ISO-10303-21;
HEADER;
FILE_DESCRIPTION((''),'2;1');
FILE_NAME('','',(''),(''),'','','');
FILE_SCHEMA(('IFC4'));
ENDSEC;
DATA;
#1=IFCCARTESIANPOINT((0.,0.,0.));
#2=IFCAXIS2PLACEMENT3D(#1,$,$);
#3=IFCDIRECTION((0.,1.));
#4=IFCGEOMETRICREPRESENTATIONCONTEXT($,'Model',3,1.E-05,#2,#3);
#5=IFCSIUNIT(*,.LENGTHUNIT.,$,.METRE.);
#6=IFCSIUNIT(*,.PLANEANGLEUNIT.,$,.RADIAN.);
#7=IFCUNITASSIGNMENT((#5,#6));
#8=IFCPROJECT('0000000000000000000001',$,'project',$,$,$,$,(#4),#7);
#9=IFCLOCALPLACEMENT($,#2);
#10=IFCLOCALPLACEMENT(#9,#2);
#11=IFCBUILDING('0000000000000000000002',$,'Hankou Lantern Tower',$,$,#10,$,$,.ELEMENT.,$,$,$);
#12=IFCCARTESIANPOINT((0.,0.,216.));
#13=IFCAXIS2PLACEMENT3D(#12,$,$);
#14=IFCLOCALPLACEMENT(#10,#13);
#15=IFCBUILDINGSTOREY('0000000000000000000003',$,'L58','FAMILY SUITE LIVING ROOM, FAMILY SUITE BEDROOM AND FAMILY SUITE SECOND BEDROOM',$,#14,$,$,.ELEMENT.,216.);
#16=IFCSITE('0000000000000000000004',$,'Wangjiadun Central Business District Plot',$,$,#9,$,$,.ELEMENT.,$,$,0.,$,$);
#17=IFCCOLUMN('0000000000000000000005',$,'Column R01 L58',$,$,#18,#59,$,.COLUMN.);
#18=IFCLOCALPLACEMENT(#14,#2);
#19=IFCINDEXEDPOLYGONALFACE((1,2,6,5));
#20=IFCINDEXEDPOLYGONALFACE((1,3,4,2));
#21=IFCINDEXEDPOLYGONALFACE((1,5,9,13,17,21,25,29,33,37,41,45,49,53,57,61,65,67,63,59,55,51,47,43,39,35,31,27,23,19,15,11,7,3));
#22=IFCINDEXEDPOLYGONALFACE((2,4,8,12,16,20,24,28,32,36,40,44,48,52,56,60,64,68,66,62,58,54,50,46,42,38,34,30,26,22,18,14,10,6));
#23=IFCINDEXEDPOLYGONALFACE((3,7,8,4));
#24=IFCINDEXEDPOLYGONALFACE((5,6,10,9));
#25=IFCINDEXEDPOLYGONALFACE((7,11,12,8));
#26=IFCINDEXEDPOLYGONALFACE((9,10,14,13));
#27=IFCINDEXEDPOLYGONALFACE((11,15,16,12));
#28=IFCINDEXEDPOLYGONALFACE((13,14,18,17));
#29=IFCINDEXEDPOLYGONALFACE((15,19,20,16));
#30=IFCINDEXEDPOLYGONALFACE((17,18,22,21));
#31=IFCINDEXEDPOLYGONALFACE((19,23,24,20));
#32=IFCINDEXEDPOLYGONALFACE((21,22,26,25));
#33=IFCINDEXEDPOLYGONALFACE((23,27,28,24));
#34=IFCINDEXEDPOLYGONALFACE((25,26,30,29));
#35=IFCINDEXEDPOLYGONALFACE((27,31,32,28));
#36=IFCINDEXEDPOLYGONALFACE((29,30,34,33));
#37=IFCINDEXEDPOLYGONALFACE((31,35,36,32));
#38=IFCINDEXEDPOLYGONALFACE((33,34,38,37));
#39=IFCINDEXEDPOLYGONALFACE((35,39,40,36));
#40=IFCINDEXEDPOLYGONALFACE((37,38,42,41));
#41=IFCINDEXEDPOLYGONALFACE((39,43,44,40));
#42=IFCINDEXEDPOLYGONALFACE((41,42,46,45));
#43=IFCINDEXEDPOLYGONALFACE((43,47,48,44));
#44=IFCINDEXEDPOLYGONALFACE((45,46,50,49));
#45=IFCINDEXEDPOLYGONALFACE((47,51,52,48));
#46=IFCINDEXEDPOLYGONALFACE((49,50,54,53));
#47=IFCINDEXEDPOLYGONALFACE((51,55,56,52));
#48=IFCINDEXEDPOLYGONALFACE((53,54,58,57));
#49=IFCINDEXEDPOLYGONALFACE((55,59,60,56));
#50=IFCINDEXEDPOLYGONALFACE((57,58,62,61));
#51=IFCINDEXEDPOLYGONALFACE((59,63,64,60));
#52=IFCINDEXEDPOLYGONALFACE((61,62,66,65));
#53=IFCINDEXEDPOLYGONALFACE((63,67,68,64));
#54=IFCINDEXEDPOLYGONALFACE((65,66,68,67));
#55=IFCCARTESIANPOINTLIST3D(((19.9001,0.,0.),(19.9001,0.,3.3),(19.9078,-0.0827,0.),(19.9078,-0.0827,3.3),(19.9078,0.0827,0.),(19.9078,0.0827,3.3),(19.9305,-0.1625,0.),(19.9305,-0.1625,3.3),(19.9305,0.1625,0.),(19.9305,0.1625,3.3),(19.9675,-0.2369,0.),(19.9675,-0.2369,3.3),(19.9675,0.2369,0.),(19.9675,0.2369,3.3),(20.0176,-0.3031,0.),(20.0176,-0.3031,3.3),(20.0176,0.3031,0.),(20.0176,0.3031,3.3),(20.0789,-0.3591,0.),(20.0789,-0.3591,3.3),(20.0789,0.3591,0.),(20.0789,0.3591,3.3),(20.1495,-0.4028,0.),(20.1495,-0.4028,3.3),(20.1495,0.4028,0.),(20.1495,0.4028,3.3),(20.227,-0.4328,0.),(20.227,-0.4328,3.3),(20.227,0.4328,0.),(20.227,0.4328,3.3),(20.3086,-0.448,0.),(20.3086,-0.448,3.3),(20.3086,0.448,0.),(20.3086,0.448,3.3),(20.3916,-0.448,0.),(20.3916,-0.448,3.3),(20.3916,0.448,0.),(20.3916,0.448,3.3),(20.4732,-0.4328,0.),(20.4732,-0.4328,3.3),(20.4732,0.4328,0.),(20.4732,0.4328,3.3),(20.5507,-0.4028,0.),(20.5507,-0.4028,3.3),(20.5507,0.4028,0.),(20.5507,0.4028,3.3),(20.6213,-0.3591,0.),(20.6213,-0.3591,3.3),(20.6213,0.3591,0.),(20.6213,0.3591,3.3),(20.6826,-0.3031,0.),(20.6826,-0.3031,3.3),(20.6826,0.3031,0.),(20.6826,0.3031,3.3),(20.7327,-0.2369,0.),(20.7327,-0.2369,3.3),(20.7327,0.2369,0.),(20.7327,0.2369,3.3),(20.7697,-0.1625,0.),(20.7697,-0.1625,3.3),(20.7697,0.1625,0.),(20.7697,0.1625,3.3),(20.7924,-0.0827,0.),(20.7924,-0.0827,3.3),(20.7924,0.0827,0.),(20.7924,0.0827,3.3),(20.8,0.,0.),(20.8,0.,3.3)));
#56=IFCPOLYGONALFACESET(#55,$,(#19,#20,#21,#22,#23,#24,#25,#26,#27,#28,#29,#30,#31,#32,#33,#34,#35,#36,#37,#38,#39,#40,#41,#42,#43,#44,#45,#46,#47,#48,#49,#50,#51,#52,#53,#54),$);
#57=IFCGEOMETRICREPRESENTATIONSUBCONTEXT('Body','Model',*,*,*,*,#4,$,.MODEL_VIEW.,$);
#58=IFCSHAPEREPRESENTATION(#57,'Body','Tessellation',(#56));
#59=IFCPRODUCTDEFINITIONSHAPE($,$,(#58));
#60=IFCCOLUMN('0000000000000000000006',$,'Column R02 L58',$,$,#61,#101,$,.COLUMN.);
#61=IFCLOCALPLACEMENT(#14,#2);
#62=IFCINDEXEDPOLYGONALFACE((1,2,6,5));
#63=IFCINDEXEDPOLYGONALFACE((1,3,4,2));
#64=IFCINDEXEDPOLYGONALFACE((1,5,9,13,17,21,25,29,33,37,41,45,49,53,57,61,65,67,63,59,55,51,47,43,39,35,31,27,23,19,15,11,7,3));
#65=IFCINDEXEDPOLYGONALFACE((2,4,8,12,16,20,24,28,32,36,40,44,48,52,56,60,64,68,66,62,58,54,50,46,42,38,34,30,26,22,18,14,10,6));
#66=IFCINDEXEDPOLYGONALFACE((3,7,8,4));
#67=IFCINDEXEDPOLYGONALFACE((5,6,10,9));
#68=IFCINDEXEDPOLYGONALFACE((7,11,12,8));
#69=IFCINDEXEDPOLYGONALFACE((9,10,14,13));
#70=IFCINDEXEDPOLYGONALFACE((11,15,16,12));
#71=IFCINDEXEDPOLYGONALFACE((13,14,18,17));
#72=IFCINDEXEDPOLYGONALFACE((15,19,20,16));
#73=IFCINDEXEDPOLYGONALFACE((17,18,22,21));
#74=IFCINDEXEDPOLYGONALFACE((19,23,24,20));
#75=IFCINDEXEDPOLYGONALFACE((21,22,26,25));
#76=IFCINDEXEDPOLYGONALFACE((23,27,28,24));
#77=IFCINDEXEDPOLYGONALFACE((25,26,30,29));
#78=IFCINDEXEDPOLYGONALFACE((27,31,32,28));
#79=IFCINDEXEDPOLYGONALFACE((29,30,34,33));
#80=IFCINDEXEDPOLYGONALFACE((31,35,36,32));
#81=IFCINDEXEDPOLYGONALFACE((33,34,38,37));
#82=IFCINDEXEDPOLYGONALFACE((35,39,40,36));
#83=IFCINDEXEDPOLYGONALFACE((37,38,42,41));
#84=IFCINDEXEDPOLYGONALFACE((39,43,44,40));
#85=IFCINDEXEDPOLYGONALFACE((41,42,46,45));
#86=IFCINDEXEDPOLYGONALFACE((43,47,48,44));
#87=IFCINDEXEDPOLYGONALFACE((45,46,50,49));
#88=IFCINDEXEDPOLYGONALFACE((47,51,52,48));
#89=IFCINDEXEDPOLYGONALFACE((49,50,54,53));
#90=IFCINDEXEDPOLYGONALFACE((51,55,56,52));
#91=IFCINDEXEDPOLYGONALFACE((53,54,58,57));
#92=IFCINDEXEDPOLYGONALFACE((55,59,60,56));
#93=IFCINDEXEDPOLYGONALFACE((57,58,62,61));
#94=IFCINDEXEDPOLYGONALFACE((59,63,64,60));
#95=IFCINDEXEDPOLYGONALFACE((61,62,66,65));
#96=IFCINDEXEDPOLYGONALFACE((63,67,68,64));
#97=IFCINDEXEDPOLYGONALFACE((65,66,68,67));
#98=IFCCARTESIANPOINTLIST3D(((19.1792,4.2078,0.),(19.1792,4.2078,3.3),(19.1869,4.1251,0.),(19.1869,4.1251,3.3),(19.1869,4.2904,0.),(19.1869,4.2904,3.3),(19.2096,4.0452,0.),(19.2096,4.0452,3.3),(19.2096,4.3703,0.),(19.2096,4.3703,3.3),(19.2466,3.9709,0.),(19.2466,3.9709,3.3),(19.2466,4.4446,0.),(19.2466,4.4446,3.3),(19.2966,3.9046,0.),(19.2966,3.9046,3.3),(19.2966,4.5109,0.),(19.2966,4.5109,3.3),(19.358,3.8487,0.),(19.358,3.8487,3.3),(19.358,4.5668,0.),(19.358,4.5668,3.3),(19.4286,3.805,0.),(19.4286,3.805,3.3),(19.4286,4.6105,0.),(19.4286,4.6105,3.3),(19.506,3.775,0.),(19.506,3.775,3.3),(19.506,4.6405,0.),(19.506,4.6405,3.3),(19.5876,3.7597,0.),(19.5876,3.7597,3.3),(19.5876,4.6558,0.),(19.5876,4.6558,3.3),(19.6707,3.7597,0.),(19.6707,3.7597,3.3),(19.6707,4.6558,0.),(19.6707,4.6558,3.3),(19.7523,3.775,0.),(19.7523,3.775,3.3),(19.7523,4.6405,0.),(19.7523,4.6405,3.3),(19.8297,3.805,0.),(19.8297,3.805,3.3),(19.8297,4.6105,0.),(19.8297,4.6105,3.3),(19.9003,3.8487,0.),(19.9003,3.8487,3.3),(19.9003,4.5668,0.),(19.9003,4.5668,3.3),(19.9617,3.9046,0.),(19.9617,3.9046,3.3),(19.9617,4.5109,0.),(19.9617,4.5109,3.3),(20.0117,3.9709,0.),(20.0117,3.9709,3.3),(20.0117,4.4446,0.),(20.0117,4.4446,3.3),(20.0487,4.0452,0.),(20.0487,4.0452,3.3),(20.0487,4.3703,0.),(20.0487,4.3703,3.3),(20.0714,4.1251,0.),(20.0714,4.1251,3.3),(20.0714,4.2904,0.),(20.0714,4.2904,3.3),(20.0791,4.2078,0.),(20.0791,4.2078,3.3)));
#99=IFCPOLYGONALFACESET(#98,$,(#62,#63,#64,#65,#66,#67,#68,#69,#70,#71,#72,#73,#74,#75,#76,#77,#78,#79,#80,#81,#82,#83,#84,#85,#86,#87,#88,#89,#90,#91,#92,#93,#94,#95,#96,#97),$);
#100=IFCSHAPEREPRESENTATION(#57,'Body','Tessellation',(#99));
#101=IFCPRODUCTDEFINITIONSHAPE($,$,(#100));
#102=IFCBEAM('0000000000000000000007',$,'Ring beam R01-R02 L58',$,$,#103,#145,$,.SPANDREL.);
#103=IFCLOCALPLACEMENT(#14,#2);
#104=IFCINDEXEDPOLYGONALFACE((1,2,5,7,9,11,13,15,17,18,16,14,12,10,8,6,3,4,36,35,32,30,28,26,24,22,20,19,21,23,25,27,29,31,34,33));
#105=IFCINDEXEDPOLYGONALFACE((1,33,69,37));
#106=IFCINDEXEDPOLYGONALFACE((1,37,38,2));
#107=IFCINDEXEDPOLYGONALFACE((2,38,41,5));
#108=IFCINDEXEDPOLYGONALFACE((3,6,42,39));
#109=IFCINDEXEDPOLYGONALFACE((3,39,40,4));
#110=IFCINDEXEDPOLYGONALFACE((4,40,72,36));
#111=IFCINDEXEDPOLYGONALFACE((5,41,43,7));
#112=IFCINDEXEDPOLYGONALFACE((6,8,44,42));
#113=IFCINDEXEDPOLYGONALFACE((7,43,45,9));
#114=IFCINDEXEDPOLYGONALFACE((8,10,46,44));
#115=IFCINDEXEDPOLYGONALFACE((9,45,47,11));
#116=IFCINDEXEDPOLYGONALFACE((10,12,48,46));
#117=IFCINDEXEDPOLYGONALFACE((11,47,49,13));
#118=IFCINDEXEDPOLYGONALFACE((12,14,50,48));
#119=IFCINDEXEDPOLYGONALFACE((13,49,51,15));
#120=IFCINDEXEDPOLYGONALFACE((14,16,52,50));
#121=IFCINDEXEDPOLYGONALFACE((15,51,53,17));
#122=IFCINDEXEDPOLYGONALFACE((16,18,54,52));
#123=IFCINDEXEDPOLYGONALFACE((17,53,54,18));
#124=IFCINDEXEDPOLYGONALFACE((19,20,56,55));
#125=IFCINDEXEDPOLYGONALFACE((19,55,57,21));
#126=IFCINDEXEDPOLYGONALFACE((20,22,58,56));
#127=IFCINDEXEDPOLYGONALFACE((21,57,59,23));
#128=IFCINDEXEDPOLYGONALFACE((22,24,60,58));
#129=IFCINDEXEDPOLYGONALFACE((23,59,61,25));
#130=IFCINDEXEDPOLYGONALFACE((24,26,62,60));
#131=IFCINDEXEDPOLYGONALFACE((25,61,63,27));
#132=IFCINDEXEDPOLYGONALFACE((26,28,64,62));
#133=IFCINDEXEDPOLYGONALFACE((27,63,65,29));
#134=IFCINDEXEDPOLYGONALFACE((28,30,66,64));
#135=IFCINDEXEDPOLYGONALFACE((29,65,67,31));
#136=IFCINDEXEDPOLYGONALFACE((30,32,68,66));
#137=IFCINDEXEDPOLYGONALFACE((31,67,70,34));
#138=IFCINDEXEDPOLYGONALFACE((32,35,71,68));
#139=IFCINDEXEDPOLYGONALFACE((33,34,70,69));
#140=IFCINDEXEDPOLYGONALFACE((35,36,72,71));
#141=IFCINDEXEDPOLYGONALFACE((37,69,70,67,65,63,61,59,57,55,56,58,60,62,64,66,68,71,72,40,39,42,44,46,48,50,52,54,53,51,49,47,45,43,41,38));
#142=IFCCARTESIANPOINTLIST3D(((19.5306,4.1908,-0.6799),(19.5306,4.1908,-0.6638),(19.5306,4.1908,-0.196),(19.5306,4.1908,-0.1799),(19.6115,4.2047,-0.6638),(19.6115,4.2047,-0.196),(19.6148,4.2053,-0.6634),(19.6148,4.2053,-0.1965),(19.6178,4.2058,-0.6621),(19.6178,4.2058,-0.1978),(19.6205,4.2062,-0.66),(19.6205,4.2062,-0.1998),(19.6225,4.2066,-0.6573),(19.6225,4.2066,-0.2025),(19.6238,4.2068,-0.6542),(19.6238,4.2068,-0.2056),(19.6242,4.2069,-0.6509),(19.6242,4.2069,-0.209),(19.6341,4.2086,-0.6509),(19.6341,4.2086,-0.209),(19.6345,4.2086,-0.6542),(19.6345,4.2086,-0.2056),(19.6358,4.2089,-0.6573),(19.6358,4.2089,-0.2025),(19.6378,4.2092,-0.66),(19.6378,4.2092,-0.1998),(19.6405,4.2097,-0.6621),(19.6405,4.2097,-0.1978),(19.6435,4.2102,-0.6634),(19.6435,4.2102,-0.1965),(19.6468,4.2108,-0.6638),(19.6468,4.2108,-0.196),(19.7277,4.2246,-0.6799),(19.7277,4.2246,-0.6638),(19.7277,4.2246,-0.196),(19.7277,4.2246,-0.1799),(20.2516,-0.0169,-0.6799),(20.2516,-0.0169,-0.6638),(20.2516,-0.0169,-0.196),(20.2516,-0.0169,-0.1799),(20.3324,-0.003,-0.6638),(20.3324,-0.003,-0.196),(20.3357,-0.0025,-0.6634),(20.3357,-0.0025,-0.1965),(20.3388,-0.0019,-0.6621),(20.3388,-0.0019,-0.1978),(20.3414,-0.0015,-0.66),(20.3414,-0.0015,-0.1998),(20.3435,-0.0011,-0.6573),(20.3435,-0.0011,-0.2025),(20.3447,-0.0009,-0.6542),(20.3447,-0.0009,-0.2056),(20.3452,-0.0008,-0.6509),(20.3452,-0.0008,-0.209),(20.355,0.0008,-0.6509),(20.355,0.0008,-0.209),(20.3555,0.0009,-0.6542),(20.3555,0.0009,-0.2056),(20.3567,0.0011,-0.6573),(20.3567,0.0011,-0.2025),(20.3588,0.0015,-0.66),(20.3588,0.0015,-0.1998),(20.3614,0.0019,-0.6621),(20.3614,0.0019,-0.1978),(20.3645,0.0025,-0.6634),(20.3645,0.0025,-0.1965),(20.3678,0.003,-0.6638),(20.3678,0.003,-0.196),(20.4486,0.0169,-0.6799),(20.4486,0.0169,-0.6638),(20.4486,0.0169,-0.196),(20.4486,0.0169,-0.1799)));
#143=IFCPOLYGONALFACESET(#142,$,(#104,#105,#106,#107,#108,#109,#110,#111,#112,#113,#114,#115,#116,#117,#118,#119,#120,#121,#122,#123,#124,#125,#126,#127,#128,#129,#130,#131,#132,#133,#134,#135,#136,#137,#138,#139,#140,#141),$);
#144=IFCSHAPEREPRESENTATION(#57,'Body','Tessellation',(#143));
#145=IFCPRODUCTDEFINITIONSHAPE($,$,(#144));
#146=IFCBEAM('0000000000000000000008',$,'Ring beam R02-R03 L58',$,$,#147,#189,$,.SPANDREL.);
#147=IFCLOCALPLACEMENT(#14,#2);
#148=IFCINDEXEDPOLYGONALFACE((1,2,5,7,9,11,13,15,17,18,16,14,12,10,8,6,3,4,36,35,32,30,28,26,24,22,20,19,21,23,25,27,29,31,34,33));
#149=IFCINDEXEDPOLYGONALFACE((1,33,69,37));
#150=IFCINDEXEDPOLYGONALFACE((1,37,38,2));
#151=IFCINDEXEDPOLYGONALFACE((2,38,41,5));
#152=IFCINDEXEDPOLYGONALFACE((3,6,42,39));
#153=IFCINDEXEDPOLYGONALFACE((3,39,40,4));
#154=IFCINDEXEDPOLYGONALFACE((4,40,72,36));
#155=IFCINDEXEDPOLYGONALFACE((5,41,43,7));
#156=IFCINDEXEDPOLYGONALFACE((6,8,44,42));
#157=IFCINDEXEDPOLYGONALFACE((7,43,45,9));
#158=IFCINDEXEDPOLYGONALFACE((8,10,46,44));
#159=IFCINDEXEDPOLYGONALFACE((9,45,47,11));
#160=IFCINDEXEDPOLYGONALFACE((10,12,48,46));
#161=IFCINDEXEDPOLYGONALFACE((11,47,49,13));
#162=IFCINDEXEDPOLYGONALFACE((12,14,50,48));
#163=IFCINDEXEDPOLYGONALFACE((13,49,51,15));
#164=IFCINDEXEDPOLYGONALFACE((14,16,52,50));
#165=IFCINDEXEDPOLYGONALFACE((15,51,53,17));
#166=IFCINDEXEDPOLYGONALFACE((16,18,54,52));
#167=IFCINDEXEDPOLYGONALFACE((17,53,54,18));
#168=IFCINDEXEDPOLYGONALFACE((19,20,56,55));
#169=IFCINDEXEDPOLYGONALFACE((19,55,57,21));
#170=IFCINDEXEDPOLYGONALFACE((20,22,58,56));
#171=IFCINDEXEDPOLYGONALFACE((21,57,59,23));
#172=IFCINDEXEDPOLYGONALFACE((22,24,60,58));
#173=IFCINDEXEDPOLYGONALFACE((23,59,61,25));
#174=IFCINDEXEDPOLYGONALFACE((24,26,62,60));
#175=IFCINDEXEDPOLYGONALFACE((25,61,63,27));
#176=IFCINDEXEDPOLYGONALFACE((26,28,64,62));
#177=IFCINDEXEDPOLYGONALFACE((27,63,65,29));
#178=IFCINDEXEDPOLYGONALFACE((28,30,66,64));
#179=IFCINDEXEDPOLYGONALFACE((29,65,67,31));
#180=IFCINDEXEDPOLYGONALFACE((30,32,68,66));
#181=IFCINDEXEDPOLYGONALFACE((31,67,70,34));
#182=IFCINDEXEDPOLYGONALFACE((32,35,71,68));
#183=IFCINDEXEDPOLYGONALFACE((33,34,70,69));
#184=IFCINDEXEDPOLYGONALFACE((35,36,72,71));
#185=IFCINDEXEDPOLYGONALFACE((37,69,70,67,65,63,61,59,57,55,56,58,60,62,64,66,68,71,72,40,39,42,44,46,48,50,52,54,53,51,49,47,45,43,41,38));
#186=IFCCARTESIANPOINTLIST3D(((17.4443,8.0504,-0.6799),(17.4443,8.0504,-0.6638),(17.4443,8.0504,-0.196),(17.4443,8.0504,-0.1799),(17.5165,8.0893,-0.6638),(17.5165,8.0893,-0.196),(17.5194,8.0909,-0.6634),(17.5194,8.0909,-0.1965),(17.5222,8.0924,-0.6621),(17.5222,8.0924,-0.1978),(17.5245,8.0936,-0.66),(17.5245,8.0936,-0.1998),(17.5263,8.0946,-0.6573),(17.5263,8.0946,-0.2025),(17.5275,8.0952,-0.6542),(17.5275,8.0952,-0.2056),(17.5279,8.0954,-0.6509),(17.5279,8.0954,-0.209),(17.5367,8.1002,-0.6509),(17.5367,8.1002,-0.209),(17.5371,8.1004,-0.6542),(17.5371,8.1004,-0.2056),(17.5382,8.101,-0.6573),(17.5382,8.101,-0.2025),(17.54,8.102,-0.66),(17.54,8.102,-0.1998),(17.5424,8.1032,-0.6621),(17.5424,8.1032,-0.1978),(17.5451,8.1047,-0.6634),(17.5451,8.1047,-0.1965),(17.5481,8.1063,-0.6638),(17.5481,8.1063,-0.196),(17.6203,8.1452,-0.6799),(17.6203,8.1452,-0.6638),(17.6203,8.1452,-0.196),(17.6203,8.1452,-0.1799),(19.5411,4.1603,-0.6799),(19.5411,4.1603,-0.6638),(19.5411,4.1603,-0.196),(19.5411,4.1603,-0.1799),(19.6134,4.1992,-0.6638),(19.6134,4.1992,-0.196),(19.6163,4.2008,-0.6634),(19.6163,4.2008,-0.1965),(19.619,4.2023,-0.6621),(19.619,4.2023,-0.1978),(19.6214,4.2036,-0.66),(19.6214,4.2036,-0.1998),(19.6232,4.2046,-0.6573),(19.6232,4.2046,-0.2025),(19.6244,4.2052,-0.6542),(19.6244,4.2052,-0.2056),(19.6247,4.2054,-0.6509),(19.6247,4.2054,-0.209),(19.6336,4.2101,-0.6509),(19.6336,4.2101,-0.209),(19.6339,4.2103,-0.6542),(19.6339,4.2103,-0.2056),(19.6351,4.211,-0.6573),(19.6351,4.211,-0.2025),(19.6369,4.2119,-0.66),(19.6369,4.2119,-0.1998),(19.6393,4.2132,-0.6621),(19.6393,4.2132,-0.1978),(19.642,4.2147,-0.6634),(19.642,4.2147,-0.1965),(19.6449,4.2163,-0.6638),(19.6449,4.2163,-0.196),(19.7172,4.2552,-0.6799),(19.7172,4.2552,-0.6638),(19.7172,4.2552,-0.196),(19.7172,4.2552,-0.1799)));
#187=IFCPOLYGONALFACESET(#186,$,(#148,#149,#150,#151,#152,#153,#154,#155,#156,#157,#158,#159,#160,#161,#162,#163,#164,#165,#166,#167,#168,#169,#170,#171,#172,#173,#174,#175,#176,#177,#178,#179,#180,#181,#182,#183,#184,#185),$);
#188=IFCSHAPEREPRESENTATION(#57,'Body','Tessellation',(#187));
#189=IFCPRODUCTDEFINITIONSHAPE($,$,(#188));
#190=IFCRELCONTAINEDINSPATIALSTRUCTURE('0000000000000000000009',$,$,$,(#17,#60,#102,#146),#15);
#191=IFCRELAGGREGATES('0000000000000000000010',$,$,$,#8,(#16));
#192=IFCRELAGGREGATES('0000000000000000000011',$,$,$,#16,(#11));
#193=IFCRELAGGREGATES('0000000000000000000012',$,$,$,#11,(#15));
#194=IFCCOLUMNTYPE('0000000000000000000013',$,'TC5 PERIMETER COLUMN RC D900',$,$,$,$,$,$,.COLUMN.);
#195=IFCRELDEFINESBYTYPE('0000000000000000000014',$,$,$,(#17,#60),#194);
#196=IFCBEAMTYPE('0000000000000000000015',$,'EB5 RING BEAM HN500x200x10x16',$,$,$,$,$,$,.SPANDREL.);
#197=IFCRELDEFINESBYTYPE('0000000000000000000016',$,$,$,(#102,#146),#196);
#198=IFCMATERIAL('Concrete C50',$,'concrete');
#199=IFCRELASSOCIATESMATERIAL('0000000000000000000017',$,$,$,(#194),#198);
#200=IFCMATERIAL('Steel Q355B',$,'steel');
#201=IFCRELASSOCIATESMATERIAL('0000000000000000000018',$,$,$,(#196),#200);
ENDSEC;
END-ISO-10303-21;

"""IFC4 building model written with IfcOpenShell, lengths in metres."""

from ifc_helpers import new_model, si_unit, direction, frame, origin, origin_2d, place, context, subcontext, project, spatial, circle, i_section, extrude, material, material_profile, profile_set, type_object, element, save


model = new_model("IFC4")

# Units and contexts
model_context = context("Model", 3, precision=1e-05, world=origin(), true_north=direction((0.0, 1.0)))
body_context = subcontext(model_context, "Body", "Model", "MODEL_VIEW")
ifc_project = project(units=[si_unit("LENGTHUNIT", "METRE"), si_unit("PLANEANGLEUNIT", "RADIAN")], contexts=[model_context])

# Site, building, storey
site_placement = place(None, origin())
site = spatial("IfcSite", under=ifc_project, at=site_placement, Name="Wangjiadun Central Business District Plot", CompositionType="ELEMENT", RefElevation=0.0)
building_placement = place(site_placement, origin())
building = spatial("IfcBuilding", under=site, at=building_placement, Name="Hankou Lantern Tower", CompositionType="ELEMENT")
storey_placement = place(building_placement, frame((0.0, 0.0, 216.0)))
storey = spatial("IfcBuildingStorey", under=building, at=storey_placement, Name="L58", Description="FAMILY SUITE LIVING ROOM, FAMILY SUITE BEDROOM AND FAMILY SUITE SECOND BEDROOM", CompositionType="ELEMENT", Elevation=216.0)

# Columns
ifc_material_1 = material(Name="Concrete C50", Category="concrete")
ifc_material_profile_1 = material_profile(ifc_material_1, circle(Radius=0.45, at=origin_2d()), Name="RC D900")
ifc_profile_set_1 = profile_set([ifc_material_profile_1], Name="Concrete C50")
column_type = type_object("IfcColumnType", Name="TC5 PERIMETER COLUMN RC D900", PredefinedType="COLUMN", material=ifc_profile_set_1)
for number, where, z_axis, x_axis, name in (
    (1, (20.3501, 0.0, 0.0), (0.0, 0.0, 1.0), (1.0, 0.0, 0.0), "Column R01 L58"),
    (2, (19.6292, 4.2078, 0.0), (0.0, 0.0, 1.0), (1.0, 0.0, 0.0), "Column R02 L58"),
):
    element("IfcColumn", number, at=place(storey_placement, frame(where, z_axis=z_axis, x_axis=x_axis)), inside=storey, type_object=column_type, Name=name, PredefinedType="COLUMN", context=body_context, shape_type="SweptSolid", body=[
        extrude(circle(Radius=0.45, at=origin_2d()), origin(), (0.0, 0.0, 1.0), 3.3),
    ])

# Beams
ifc_material_2 = material(Name="Steel Q355B", Category="steel")
ifc_material_profile_2 = material_profile(ifc_material_2, i_section(OverallWidth=0.2, OverallDepth=0.5, WebThickness=0.01, FlangeThickness=0.0161, FilletRadius=0.0129, at=origin_2d()), Name="HN500x200x10x16")
ifc_profile_set_2 = profile_set([ifc_material_profile_2], Name="Steel Q355B")
beam_type_1 = type_object("IfcBeamType", Name="EB5 RING BEAM HN500x200x10x16", PredefinedType="SPANDREL", material=ifc_profile_set_2)
beam_1_placement = place(storey_placement, frame((20.3501, 0.0, -0.4299), z_axis=(-0.168877, 0.985637, 0.0), x_axis=(-0.985637, -0.168877, 0.0)))
element("IfcBeam", 3, at=beam_1_placement, inside=storey, type_object=beam_type_1, Name="Ring beam R01-R02 L58", PredefinedType="SPANDREL", context=body_context, shape_type="SweptSolid", body=[
    extrude(i_section(OverallWidth=0.2, OverallDepth=0.5, WebThickness=0.01, FlangeThickness=0.0161, FilletRadius=0.0129, at=origin_2d()), origin(), (0.0, 0.0, 1.0), 4.269),
])
beam_2_placement = place(storey_placement, frame((19.6292, 4.2078, -0.4299), z_axis=(-0.474492, 0.88026, 0.0), x_axis=(-0.88026, -0.474492, 0.0)))
element("IfcBeam", 4, at=beam_2_placement, inside=storey, type_object=beam_type_1, Name="Ring beam R02-R03 L58", PredefinedType="SPANDREL", context=body_context, shape_type="SweptSolid", body=[
    extrude(i_section(OverallWidth=0.2, OverallDepth=0.5, WebThickness=0.01, FlangeThickness=0.0161, FilletRadius=0.0129, at=origin_2d()), origin(), (0.0, 0.0, 1.0), 4.4192),
])

save(model, "model.ifc")
